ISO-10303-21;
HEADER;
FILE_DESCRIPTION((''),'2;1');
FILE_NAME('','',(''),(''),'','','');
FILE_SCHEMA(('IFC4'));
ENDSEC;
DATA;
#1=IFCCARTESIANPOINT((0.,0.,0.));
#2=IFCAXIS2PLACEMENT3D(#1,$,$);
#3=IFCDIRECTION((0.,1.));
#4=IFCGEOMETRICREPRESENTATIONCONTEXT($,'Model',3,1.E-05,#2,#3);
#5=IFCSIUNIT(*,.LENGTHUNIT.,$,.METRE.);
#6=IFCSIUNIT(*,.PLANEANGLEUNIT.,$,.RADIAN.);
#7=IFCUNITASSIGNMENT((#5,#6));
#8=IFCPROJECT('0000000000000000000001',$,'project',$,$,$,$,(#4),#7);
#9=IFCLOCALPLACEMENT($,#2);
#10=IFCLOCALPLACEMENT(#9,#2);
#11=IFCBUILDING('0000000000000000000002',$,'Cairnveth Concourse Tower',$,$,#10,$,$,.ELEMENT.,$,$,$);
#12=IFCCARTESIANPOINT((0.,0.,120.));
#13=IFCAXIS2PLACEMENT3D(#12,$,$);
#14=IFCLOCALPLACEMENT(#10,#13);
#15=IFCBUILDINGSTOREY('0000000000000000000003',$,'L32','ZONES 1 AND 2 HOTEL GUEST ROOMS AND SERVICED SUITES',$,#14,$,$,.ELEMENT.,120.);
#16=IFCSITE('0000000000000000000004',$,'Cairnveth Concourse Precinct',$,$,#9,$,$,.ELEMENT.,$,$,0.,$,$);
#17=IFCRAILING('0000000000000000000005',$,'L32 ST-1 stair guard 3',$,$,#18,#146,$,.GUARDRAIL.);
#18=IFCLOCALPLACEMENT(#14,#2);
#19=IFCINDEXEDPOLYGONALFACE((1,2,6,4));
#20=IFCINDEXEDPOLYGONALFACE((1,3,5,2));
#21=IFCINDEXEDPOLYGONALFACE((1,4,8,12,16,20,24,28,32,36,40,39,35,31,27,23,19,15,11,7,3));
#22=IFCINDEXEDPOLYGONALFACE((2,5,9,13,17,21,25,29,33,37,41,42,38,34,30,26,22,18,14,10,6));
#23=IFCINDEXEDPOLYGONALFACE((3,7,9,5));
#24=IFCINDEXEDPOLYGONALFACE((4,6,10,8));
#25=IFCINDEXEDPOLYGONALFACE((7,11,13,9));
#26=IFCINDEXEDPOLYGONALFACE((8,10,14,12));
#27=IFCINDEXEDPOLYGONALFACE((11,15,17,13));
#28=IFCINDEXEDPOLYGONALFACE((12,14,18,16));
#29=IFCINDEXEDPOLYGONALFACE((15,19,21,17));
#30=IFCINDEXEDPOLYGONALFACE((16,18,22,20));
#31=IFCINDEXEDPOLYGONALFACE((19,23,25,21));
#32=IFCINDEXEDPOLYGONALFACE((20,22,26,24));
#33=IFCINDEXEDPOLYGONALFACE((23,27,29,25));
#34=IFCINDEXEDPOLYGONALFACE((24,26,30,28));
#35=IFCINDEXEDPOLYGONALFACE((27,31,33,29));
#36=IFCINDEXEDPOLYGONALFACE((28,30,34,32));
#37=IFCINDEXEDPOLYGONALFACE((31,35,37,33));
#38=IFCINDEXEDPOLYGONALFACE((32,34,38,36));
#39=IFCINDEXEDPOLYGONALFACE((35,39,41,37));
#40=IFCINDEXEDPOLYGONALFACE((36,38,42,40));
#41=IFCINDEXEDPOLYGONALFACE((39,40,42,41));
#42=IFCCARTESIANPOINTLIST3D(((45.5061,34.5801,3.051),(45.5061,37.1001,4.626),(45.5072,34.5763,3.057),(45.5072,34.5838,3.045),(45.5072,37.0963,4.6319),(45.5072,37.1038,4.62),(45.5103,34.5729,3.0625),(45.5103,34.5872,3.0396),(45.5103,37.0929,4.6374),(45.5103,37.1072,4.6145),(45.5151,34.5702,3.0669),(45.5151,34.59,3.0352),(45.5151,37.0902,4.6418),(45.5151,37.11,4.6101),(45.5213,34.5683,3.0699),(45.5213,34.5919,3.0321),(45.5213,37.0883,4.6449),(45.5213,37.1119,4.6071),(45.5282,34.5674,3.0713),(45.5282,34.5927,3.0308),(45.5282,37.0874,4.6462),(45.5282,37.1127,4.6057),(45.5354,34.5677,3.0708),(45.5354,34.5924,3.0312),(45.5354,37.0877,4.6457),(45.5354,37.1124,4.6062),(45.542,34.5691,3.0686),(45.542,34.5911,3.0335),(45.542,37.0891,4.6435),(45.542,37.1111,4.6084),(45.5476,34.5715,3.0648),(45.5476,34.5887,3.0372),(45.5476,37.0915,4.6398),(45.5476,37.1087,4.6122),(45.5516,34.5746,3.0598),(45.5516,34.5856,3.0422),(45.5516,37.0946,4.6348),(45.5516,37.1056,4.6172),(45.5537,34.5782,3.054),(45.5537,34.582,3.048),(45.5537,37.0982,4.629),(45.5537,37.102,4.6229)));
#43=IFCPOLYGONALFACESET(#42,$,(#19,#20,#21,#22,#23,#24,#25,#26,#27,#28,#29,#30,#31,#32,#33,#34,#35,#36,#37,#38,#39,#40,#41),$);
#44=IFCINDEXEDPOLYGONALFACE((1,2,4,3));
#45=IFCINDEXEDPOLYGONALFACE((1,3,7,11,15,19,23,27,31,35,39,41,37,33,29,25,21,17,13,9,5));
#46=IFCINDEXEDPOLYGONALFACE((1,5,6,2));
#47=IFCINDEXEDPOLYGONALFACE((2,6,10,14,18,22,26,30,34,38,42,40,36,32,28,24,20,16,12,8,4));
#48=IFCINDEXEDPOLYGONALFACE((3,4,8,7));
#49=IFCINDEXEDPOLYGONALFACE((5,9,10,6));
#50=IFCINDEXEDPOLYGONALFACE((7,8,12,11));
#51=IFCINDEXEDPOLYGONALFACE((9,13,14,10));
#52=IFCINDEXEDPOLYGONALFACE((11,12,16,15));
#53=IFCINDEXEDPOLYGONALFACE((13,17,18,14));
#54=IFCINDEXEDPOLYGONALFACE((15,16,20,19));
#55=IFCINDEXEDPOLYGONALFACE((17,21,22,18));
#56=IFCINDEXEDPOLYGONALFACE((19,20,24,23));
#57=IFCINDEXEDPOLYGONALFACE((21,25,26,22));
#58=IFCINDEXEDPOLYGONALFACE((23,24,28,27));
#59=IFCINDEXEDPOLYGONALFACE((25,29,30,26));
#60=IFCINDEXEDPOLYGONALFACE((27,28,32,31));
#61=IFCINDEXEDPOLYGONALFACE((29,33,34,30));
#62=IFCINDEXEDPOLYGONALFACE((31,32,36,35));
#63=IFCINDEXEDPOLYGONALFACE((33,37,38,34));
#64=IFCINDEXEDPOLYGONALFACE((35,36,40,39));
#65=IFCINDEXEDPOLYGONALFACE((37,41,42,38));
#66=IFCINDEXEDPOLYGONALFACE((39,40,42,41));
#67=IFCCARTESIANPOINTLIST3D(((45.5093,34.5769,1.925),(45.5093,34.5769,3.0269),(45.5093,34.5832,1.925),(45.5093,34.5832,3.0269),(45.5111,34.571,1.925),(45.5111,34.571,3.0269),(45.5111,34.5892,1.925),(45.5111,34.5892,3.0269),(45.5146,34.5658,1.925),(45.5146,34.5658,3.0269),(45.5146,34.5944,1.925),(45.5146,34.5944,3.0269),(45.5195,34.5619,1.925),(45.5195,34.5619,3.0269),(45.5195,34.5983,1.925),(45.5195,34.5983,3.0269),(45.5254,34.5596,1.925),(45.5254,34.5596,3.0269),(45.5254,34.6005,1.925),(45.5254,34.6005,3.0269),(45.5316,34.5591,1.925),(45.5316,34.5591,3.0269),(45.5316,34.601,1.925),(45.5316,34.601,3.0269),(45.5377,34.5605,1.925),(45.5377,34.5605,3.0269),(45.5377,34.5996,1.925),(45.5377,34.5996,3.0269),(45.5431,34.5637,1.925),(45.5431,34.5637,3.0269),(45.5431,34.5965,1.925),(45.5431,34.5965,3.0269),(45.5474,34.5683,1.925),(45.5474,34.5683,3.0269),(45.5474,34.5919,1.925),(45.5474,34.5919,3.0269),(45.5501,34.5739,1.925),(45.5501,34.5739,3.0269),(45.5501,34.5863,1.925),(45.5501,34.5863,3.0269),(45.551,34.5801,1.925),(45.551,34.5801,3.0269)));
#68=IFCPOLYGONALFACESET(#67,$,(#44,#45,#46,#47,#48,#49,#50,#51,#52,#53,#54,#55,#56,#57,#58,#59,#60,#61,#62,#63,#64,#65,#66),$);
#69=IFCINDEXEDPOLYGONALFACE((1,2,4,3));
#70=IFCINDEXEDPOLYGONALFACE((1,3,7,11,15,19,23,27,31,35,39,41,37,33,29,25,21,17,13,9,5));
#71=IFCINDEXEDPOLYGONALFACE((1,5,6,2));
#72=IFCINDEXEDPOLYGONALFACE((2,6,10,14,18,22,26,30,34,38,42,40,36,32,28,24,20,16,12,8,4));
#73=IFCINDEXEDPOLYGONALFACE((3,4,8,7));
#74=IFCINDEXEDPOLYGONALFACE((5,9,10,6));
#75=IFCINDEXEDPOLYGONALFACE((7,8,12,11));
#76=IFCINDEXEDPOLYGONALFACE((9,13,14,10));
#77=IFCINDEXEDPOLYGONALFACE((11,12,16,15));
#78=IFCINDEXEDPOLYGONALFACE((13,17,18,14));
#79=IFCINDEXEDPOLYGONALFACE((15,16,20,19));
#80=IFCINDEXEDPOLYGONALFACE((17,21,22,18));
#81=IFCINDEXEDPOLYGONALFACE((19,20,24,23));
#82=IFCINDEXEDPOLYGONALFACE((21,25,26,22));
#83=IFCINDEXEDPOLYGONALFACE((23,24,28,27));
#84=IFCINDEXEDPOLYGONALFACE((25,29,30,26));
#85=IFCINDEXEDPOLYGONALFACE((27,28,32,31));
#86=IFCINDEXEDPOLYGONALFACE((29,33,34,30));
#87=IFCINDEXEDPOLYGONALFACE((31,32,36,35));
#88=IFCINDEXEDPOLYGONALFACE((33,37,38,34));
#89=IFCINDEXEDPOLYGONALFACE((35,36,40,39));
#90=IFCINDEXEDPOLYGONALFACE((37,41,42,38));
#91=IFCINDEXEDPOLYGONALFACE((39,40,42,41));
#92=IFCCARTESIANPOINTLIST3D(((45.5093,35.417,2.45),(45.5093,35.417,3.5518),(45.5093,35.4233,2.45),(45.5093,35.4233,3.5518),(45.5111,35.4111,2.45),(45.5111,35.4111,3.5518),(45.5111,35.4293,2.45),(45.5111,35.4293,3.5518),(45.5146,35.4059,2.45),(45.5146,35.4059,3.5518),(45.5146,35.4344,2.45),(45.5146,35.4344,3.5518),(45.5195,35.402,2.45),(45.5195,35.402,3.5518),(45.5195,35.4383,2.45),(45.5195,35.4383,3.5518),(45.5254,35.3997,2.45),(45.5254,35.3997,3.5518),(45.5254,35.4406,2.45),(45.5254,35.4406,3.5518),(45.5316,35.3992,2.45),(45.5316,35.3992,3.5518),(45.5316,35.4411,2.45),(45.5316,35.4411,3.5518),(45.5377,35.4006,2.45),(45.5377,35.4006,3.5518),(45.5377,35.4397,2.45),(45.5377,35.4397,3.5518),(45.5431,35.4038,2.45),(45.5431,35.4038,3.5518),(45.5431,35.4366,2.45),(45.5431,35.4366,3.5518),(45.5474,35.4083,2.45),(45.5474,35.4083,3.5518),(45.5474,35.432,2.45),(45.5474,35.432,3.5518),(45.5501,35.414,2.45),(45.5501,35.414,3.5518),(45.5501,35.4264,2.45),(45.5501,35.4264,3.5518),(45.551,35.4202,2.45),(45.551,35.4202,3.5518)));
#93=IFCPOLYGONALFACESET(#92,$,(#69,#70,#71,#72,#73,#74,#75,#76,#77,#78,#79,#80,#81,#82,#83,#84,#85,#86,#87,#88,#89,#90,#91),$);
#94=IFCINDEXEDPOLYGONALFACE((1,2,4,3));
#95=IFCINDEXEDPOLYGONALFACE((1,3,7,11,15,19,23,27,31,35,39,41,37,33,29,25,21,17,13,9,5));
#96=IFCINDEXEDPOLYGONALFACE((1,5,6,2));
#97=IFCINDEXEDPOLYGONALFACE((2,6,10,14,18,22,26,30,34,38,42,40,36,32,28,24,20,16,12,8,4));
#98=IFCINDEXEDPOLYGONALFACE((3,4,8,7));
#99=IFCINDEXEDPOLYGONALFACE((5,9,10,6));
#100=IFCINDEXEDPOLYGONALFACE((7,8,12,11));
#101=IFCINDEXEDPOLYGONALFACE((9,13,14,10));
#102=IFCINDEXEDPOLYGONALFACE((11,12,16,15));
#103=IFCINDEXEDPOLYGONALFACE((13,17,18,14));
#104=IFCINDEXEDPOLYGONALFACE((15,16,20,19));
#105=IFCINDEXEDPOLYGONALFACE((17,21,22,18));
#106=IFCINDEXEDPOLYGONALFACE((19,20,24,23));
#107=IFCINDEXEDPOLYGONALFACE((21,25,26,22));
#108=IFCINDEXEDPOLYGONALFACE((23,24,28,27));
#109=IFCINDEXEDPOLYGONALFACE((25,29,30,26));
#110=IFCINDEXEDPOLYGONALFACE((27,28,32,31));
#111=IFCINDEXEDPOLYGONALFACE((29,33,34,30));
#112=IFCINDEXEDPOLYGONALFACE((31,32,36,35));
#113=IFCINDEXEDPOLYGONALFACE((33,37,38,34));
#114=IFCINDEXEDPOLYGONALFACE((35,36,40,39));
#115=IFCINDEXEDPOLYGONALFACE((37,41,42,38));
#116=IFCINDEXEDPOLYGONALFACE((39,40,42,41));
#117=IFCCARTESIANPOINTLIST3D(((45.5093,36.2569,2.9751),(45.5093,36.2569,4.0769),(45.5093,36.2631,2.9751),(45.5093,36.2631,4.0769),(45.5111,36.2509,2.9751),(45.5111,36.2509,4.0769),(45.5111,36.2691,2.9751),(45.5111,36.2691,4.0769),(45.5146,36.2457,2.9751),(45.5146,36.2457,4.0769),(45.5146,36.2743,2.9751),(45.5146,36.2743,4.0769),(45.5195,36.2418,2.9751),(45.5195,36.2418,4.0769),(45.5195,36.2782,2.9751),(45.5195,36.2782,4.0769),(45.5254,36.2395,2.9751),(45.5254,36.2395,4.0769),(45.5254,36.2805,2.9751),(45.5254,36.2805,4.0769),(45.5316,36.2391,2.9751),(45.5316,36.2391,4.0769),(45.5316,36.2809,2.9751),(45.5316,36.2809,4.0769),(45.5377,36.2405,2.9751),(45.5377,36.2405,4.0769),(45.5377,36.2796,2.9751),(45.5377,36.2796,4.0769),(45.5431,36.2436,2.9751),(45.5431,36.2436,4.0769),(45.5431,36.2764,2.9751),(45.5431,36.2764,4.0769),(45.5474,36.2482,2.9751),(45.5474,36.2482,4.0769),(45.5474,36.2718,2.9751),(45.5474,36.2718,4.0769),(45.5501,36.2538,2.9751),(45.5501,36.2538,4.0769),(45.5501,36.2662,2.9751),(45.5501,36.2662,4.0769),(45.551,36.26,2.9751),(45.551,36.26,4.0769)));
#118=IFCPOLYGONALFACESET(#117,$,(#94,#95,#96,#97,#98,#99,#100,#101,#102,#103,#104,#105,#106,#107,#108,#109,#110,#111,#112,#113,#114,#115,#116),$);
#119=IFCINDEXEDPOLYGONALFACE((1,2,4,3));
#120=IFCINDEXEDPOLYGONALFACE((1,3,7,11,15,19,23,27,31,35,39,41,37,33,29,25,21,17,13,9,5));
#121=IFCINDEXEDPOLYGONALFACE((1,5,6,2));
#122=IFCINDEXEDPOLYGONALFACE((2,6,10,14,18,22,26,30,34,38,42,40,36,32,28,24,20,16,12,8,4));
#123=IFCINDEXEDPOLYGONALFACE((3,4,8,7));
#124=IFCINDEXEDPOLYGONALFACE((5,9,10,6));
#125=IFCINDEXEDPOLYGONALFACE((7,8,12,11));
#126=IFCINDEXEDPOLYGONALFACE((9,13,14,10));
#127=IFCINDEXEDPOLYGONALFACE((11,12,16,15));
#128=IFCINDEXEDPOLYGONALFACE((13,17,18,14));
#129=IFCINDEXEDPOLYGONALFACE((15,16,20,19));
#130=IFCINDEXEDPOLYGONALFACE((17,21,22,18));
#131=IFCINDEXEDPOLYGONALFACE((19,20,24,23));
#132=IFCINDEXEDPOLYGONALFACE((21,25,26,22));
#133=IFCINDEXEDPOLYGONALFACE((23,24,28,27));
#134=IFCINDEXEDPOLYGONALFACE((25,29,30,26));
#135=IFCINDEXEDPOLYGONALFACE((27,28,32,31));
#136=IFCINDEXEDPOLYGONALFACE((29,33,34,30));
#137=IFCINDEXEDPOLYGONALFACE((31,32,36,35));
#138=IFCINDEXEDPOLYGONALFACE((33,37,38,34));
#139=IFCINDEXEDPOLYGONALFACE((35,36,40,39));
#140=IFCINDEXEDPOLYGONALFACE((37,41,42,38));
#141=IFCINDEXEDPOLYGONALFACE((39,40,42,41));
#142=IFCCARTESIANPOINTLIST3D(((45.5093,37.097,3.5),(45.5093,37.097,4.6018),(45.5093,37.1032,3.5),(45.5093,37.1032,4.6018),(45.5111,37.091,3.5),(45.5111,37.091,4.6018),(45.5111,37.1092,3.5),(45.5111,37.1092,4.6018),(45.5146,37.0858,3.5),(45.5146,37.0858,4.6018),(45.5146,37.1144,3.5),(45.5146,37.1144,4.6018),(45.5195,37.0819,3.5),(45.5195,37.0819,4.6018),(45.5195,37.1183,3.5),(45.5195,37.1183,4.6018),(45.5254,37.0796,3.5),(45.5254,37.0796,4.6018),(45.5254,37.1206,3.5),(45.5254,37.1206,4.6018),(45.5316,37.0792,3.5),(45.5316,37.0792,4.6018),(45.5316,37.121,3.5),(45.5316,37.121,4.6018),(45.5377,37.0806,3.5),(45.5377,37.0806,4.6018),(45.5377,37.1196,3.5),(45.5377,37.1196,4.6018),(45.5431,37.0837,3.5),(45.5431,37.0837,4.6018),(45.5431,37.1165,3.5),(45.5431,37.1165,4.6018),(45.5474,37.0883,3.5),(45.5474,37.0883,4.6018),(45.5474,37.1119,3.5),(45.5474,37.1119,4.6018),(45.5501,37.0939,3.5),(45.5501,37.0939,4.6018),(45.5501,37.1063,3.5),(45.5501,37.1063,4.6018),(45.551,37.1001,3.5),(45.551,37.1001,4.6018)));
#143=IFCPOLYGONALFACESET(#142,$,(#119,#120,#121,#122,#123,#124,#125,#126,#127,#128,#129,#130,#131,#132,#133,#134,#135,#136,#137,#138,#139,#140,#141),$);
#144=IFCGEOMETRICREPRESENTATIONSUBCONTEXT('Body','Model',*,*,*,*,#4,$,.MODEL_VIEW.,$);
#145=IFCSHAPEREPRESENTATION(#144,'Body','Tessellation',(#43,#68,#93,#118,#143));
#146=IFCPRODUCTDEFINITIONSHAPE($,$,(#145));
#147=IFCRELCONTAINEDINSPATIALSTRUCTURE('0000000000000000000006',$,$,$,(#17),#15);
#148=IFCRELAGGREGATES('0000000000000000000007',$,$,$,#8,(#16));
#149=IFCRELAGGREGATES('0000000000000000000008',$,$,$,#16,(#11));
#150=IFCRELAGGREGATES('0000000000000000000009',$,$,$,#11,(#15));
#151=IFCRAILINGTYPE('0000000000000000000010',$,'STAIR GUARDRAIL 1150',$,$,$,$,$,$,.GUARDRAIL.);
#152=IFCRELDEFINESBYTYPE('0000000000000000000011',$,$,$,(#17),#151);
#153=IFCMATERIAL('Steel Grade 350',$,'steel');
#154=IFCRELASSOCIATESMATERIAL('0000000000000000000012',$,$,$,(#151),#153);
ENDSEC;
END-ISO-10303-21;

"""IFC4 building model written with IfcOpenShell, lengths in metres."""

from ifc_helpers import new_model, si_unit, direction, frame, origin, origin_2d, place, context, subcontext, project, spatial, circle, extrude, material, type_object, element, save


model = new_model("IFC4")

# Units and contexts
model_context = context("Model", 3, precision=1e-05, world=origin(), true_north=direction((0.0, 1.0)))
body_context = subcontext(model_context, "Body", "Model", "MODEL_VIEW")
ifc_project = project(units=[si_unit("LENGTHUNIT", "METRE"), si_unit("PLANEANGLEUNIT", "RADIAN")], contexts=[model_context])

# Site, building, storey
site_placement = place(None, origin())
site = spatial("IfcSite", under=ifc_project, at=site_placement, Name="Cairnveth Concourse Precinct", CompositionType="ELEMENT", RefElevation=0.0)
building_placement = place(site_placement, origin())
building = spatial("IfcBuilding", under=site, at=building_placement, Name="Cairnveth Concourse Tower", CompositionType="ELEMENT")
storey_placement = place(building_placement, frame((0.0, 0.0, 120.0)))
storey = spatial("IfcBuildingStorey", under=building, at=storey_placement, Name="L32", Description="ZONES 1 AND 2 HOTEL GUEST ROOMS AND SERVICED SUITES", CompositionType="ELEMENT", Elevation=120.0)

# Railing
ifc_material_1 = material(Name="Steel Grade 350", Category="steel")
railing_type = type_object("IfcRailingType", Name="STAIR GUARDRAIL 1150", PredefinedType="GUARDRAIL", material=ifc_material_1)
railing_1_placement = place(storey_placement, frame((45.53, 34.5801, 1.925)))
element("IfcRailing", 1, at=railing_1_placement, inside=storey, type_object=railing_type, Name="L32 ST-1 stair guard 3", PredefinedType="GUARDRAIL", context=body_context, shape_type="SweptSolid", body=[
    extrude(circle(Radius=0.0239, at=origin_2d()), frame((0.0, 0.0, 1.126), z_axis=(0.0, 0.848008, 0.529984), x_axis=(-1.0, 0.0, 0.0)), (0.0, 0.0, 1.0), 2.9717),
    extrude(circle(Radius=0.021, at=origin_2d()), origin(), (0.0, 0.0, 1.0), 1.1018),
    extrude(circle(Radius=0.021, at=origin_2d()), frame((0.0, 0.8401, 0.5249)), (0.0, 0.0, 1.0), 1.1018),
    extrude(circle(Radius=0.021, at=origin_2d()), frame((0.0, 1.6799, 1.05)), (0.0, 0.0, 1.0), 1.1018),
    extrude(circle(Radius=0.021, at=origin_2d()), frame((0.0, 2.52, 1.575)), (0.0, 0.0, 1.0), 1.1018),
])

save(model, "model.ifc")
